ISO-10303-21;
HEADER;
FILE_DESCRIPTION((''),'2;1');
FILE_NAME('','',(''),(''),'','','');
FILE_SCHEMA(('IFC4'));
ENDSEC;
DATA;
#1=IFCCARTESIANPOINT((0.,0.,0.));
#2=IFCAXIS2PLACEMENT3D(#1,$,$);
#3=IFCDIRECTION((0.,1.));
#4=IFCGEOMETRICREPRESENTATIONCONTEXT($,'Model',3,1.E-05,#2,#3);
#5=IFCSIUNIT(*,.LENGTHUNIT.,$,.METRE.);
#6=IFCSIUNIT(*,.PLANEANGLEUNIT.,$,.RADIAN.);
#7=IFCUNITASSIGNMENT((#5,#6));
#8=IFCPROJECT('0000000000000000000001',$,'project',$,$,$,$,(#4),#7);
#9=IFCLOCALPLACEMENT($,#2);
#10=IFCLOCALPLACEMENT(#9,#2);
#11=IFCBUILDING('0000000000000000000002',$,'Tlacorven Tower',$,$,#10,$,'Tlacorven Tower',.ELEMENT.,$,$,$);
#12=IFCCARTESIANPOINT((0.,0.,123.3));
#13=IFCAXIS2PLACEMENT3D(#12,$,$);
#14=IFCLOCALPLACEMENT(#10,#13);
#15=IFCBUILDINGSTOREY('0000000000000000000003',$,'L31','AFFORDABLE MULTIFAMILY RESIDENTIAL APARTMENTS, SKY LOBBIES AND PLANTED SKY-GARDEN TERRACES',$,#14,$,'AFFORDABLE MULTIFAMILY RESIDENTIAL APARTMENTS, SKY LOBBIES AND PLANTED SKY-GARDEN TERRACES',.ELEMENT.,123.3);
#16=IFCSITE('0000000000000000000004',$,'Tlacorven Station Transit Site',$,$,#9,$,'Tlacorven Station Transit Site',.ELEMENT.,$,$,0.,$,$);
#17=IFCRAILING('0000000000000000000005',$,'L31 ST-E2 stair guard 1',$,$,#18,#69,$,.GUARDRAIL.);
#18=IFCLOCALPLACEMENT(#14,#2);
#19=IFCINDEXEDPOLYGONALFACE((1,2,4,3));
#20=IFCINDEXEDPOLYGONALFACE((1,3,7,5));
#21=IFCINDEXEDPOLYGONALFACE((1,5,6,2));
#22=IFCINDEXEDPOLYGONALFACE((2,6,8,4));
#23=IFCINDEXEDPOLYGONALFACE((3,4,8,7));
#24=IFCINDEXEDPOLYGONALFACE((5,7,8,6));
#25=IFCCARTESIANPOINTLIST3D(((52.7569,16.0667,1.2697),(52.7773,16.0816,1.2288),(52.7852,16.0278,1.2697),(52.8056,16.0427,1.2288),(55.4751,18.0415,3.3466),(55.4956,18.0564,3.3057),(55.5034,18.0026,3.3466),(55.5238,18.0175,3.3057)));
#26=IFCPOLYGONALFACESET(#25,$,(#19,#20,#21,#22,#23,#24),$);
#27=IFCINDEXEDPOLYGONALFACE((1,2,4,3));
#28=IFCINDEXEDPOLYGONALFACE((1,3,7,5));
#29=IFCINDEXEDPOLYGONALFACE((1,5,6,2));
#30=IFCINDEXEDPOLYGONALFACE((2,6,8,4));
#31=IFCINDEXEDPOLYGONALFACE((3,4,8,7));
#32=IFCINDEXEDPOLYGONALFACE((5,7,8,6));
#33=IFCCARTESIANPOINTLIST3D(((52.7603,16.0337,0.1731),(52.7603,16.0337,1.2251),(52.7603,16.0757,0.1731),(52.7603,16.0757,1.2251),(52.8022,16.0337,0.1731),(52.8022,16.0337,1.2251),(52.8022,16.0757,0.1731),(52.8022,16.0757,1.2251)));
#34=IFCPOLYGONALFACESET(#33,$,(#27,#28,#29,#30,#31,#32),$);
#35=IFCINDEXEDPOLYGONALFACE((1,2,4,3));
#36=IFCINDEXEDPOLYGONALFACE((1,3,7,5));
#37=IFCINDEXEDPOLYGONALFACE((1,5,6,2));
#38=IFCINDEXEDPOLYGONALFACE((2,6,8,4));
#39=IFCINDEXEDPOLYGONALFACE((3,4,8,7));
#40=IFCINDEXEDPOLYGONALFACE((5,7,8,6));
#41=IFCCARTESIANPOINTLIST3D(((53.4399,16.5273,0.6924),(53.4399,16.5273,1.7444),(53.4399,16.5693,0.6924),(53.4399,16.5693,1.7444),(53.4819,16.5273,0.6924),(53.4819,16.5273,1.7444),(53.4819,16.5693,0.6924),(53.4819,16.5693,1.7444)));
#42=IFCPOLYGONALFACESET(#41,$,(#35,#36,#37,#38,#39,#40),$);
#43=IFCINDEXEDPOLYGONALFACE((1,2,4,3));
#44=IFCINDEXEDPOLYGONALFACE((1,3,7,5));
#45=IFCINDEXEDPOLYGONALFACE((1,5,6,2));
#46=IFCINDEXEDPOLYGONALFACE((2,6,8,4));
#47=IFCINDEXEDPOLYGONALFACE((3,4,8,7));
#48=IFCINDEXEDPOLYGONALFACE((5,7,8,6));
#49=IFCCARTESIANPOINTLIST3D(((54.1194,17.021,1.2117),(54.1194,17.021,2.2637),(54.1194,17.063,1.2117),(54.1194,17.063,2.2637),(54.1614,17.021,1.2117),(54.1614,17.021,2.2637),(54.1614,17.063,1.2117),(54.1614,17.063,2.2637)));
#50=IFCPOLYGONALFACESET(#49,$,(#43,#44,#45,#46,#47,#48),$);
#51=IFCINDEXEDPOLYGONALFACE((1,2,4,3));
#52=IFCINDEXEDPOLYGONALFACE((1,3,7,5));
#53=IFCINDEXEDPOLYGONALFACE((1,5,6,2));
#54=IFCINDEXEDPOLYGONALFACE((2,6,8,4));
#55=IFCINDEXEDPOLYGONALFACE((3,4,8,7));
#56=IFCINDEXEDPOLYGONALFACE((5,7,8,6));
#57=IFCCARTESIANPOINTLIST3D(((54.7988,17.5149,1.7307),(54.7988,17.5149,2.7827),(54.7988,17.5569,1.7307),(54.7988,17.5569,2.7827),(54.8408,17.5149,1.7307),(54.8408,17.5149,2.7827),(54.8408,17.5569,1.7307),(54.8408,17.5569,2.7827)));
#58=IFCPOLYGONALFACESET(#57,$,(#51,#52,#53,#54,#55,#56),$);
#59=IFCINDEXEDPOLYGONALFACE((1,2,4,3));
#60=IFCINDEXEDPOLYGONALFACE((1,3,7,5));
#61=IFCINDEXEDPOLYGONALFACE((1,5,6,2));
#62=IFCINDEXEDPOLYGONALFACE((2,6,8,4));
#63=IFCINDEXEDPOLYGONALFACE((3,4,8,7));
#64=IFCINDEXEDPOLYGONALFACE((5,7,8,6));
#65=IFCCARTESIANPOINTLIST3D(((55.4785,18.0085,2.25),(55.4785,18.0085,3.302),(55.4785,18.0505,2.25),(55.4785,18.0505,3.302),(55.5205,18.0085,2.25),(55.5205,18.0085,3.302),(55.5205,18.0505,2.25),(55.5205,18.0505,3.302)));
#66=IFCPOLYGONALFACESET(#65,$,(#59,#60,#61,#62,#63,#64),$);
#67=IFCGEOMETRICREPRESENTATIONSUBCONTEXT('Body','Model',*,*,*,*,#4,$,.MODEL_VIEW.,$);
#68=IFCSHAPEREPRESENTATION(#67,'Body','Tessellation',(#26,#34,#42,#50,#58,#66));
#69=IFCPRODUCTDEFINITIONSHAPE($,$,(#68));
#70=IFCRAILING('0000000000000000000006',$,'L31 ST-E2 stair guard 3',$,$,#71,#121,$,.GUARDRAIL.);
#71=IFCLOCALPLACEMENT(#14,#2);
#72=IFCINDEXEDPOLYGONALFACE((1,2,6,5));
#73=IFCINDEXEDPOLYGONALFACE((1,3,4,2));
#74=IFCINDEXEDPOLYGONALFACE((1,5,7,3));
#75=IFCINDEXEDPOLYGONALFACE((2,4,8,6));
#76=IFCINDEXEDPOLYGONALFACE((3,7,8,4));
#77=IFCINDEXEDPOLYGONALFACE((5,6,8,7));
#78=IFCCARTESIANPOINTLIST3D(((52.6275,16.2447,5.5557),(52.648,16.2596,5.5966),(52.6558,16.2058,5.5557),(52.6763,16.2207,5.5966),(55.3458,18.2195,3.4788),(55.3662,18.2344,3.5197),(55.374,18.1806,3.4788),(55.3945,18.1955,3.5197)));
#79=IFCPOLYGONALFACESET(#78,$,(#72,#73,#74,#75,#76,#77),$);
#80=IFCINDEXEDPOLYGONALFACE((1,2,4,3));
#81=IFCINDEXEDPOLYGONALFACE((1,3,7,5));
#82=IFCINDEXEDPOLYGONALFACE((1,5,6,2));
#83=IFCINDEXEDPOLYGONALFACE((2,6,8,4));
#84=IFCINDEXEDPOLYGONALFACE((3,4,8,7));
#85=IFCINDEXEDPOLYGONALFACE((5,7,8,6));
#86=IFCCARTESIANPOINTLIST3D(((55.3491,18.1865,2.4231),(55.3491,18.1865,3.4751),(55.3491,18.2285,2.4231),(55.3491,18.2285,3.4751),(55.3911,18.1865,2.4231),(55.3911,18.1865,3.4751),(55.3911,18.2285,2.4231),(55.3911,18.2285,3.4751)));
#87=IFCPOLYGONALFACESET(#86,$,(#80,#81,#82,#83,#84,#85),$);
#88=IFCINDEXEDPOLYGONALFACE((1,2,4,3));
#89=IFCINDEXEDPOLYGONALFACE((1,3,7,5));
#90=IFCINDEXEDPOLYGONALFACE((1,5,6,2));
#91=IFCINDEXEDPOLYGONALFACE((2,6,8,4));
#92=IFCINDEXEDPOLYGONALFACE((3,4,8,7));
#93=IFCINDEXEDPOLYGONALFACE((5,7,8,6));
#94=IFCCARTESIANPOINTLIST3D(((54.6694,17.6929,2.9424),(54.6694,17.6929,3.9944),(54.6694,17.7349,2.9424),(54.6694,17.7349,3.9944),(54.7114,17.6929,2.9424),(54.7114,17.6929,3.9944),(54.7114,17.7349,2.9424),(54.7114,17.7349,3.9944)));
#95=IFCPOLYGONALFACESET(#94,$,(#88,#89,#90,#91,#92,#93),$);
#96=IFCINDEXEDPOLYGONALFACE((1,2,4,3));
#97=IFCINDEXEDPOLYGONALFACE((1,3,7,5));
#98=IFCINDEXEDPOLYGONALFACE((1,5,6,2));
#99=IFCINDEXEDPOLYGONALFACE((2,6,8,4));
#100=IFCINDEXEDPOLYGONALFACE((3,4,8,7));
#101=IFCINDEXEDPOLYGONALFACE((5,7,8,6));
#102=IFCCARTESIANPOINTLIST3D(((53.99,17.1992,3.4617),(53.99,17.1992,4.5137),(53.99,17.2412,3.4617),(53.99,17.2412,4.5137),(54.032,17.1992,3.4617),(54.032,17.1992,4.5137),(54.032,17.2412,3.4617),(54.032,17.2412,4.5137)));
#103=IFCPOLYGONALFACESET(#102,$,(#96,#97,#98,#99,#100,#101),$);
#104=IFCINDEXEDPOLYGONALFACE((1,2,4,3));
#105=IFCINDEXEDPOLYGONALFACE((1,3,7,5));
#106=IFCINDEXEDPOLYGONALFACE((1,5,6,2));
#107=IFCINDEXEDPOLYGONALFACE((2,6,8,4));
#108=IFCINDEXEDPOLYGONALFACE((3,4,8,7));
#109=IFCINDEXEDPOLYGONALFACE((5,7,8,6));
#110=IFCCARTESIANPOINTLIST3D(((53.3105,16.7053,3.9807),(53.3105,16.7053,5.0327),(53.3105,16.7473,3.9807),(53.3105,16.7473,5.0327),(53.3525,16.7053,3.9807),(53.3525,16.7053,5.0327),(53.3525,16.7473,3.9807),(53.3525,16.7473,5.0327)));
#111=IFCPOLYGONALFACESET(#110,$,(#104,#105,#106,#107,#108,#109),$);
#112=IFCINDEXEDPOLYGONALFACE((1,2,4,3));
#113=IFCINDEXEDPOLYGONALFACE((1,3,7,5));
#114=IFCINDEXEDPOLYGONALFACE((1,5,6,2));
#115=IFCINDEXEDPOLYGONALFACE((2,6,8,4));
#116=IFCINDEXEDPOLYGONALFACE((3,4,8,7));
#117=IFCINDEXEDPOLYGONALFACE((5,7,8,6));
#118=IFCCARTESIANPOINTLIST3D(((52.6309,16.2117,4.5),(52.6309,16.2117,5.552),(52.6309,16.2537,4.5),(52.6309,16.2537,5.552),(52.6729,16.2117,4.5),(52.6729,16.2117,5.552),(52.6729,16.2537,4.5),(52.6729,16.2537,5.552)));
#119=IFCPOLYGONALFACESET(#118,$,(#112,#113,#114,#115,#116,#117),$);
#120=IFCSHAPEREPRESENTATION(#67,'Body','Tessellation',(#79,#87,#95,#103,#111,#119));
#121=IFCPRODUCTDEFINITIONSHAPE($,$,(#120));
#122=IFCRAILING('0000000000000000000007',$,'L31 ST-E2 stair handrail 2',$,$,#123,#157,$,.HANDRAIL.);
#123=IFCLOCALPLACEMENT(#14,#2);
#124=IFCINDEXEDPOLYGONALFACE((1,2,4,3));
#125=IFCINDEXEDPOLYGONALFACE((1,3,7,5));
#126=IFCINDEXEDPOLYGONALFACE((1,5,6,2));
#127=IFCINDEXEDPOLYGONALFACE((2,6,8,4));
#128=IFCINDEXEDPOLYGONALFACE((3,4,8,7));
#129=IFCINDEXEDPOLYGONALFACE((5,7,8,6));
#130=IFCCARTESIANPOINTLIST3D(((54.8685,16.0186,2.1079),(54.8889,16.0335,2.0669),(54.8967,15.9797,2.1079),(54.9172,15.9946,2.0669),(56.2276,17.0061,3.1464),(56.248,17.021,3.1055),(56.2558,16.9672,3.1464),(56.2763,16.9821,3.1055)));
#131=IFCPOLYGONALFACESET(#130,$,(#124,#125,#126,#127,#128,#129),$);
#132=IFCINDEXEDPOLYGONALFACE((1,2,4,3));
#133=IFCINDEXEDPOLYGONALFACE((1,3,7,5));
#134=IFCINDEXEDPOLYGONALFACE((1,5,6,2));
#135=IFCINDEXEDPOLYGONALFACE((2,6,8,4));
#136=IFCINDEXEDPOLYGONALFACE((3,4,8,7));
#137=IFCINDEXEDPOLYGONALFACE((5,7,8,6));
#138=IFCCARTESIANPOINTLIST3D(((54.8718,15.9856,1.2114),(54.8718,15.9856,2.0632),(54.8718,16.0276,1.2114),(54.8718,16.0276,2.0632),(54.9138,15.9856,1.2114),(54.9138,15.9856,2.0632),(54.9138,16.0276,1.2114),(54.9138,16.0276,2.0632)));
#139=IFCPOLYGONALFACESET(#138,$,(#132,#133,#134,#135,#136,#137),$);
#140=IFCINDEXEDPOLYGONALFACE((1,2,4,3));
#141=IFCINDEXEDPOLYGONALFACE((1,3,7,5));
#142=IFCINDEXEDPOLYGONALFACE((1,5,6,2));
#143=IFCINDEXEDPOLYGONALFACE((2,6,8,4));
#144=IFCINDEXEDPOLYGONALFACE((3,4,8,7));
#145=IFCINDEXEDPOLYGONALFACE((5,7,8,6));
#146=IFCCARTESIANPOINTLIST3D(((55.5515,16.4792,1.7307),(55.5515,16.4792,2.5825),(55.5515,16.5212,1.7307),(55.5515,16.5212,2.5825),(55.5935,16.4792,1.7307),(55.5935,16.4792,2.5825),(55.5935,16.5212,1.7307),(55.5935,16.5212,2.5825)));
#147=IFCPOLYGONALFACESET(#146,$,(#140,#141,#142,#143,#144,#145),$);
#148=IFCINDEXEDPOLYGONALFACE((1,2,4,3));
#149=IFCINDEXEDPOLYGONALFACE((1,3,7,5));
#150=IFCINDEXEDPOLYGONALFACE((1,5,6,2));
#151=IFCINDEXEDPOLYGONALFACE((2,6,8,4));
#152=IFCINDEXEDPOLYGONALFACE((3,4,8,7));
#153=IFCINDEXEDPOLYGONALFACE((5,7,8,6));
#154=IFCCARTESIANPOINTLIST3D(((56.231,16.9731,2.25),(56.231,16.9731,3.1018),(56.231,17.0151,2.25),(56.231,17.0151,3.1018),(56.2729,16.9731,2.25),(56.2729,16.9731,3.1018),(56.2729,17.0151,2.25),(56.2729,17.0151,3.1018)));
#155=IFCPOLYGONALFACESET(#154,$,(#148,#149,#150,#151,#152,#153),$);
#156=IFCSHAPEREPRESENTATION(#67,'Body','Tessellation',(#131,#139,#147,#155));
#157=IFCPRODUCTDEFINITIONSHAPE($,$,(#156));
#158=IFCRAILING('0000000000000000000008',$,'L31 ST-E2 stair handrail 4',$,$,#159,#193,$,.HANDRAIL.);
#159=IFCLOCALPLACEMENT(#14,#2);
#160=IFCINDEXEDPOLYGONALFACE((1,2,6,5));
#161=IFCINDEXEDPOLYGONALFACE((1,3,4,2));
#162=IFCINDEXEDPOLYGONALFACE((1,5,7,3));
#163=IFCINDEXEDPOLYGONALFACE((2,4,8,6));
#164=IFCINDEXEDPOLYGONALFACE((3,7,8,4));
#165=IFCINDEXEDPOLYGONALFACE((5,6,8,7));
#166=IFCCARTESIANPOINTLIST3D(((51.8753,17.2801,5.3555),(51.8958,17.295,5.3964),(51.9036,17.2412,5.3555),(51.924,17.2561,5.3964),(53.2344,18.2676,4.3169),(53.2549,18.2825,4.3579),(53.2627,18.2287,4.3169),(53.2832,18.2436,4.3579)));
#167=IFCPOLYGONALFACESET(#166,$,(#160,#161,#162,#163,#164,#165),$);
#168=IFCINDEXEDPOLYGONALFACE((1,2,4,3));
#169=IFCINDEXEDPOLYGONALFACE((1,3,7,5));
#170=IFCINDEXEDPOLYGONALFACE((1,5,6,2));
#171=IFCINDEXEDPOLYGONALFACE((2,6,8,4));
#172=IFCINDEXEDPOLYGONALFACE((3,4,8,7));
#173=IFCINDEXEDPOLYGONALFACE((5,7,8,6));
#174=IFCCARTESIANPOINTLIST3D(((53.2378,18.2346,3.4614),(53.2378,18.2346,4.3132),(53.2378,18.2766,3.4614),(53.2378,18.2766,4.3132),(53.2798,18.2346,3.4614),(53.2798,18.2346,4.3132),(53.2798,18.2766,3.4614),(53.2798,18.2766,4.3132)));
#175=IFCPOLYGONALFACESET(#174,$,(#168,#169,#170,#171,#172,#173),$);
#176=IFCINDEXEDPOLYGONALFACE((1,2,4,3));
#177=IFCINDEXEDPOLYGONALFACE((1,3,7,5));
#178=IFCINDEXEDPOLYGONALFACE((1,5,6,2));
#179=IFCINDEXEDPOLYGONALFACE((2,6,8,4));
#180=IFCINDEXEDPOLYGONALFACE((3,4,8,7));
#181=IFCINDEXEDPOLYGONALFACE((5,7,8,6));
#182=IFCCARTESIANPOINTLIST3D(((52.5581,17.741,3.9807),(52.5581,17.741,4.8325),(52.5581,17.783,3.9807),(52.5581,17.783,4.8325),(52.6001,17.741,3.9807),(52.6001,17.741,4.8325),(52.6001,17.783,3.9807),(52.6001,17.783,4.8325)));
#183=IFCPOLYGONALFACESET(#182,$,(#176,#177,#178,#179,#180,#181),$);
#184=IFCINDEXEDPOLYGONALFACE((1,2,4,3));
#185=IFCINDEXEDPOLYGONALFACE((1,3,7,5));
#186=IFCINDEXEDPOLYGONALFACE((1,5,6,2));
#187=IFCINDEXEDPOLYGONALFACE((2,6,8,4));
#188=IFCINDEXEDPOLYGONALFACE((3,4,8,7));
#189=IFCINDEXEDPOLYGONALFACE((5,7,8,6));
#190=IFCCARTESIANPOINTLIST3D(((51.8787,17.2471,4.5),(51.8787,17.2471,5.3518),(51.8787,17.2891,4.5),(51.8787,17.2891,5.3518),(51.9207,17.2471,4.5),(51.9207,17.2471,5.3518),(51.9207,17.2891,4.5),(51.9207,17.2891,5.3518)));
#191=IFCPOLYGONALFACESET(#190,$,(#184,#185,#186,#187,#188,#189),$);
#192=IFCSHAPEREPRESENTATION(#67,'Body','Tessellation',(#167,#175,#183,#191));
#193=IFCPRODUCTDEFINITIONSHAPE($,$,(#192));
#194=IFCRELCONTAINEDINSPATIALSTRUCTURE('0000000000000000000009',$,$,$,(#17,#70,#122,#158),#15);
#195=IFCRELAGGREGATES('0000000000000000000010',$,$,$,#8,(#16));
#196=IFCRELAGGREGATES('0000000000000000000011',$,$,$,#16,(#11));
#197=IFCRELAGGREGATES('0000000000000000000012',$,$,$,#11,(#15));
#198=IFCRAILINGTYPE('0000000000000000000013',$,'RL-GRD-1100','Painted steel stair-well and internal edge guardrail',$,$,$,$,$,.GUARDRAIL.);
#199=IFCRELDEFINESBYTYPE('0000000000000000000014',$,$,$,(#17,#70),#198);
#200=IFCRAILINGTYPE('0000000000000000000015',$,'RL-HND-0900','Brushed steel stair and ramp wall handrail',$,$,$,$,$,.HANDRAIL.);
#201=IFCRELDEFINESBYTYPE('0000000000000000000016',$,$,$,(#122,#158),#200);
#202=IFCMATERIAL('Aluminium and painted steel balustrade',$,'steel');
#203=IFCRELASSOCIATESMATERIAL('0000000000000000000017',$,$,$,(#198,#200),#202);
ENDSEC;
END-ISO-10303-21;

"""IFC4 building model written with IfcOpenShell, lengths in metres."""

from ifc_helpers import new_model, si_unit, direction, frame, origin, origin_2d, place, context, subcontext, project, spatial, rectangle, extrude, source, transform, mapped, material, type_object, element, save


model = new_model("IFC4")

# Units and contexts
model_context = context("Model", 3, precision=1e-05, world=origin(), true_north=direction((0.0, 1.0)))
body_context = subcontext(model_context, "Body", "Model", "MODEL_VIEW")
ifc_project = project(units=[si_unit("LENGTHUNIT", "METRE"), si_unit("PLANEANGLEUNIT", "RADIAN")], contexts=[model_context])

# Site, building, storey
site_placement = place(None, origin())
site = spatial("IfcSite", under=ifc_project, at=site_placement, Name="Tlacorven Station Transit Site", LongName="Tlacorven Station Transit Site", CompositionType="ELEMENT", RefElevation=0.0)
building_placement = place(site_placement, origin())
building = spatial("IfcBuilding", under=site, at=building_placement, Name="Tlacorven Tower", LongName="Tlacorven Tower", CompositionType="ELEMENT")
storey_placement = place(building_placement, frame((0.0, 0.0, 123.3)))
storey = spatial("IfcBuildingStorey", under=building, at=storey_placement, Name="L31", Description="AFFORDABLE MULTIFAMILY RESIDENTIAL APARTMENTS, SKY LOBBIES AND PLANTED SKY-GARDEN TERRACES", LongName="AFFORDABLE MULTIFAMILY RESIDENTIAL APARTMENTS, SKY LOBBIES AND PLANTED SKY-GARDEN TERRACES", CompositionType="ELEMENT", Elevation=123.3)

# Railings
ifc_material_1 = material(Name="Aluminium and painted steel balustrade", Category="steel")
railing_type_1 = type_object("IfcRailingType", Name="RL-GRD-1100", Description="Painted steel stair-well and internal edge guardrail", PredefinedType="GUARDRAIL", material=ifc_material_1)
shared_shape_1 = source(origin(), body_context, "Body", "SweptSolid", [
    extrude(rectangle(XDim=0.0481, YDim=0.0481, at=origin_2d()), frame((0.0, 0.0, 1.0762), z_axis=(0.688167, 0.499963, 0.525798), x_axis=(-0.58777, 0.809028, 0.0)), (0.0, 0.0, 1.0), 3.95),
    extrude(rectangle(XDim=0.042, YDim=0.042, at=origin_2d()), origin(), (0.0, 0.0, 1.0), 1.052),
    extrude(rectangle(XDim=0.042, YDim=0.042, at=origin_2d()), frame((0.6797, 0.4937, 0.5193)), (0.0, 0.0, 1.0), 1.052),
    extrude(rectangle(XDim=0.042, YDim=0.042, at=origin_2d()), frame((1.3591, 0.9873, 1.0386)), (0.0, 0.0, 1.0), 1.052),
    extrude(rectangle(XDim=0.042, YDim=0.042, at=origin_2d()), frame((2.0386, 1.4812, 1.5576)), (0.0, 0.0, 1.0), 1.052),
    extrude(rectangle(XDim=0.042, YDim=0.042, at=origin_2d()), frame((2.7183, 1.9749, 2.0769)), (0.0, 0.0, 1.0), 1.052),
])
railing_1_placement = place(storey_placement, frame((52.7812, 16.0547, 0.1731)))
element("IfcRailing", 1, at=railing_1_placement, inside=storey, type_object=railing_type_1, Name="L31 ST-E2 stair guard 1", PredefinedType="GUARDRAIL", context=body_context, shape_type="MappedRepresentation", body=[
    mapped(shared_shape_1, transform((0.0, 0.0, 0.0), scale=1.0)),
])
shared_shape_2 = source(origin(), body_context, "Body", "SweptSolid", [
    extrude(rectangle(XDim=0.0481, YDim=0.0481, at=origin_2d()), frame((0.0, 0.0, 1.0762), z_axis=(-0.688167, -0.499963, 0.525798), x_axis=(0.58777, -0.809028, 0.0)), (0.0, 0.0, 1.0), 3.95),
    extrude(rectangle(XDim=0.042, YDim=0.042, at=origin_2d()), origin(), (0.0, 0.0, 1.0), 1.052),
    extrude(rectangle(XDim=0.042, YDim=0.042, at=origin_2d()), frame((-0.6797, -0.4937, 0.5193)), (0.0, 0.0, 1.0), 1.052),
    extrude(rectangle(XDim=0.042, YDim=0.042, at=origin_2d()), frame((-1.3591, -0.9873, 1.0386)), (0.0, 0.0, 1.0), 1.052),
    extrude(rectangle(XDim=0.042, YDim=0.042, at=origin_2d()), frame((-2.0386, -1.4812, 1.5576)), (0.0, 0.0, 1.0), 1.052),
    extrude(rectangle(XDim=0.042, YDim=0.042, at=origin_2d()), frame((-2.7183, -1.9749, 2.0769)), (0.0, 0.0, 1.0), 1.052),
])
railing_2_placement = place(storey_placement, frame((55.3701, 18.2075, 2.4231)))
element("IfcRailing", 2, at=railing_2_placement, inside=storey, type_object=railing_type_1, Name="L31 ST-E2 stair guard 3", PredefinedType="GUARDRAIL", context=body_context, shape_type="MappedRepresentation", body=[
    mapped(shared_shape_2, transform((0.0, 0.0, 0.0), scale=1.0)),
])
railing_type_2 = type_object("IfcRailingType", Name="RL-HND-0900", Description="Brushed steel stair and ramp wall handrail", PredefinedType="HANDRAIL", material=ifc_material_1)
shared_shape_3 = source(origin(), body_context, "Body", "SweptSolid", [
    extrude(rectangle(XDim=0.0481, YDim=0.0481, at=origin_2d()), frame((0.0, 0.0, 0.876), z_axis=(0.688123, 0.499993, 0.525827), x_axis=(-0.587817, 0.808994, 0.0)), (0.0, 0.0, 1.0), 1.9751),
    extrude(rectangle(XDim=0.042, YDim=0.042, at=origin_2d()), origin(), (0.0, 0.0, 1.0), 0.8518),
    extrude(rectangle(XDim=0.042, YDim=0.042, at=origin_2d()), frame((0.6797, 0.4937, 0.5193)), (0.0, 0.0, 1.0), 0.8518),
    extrude(rectangle(XDim=0.042, YDim=0.042, at=origin_2d()), frame((1.3591, 0.9875, 1.0386)), (0.0, 0.0, 1.0), 0.8518),
])
railing_3_placement = place(storey_placement, frame((54.8928, 16.0066, 1.2114)))
element("IfcRailing", 3, at=railing_3_placement, inside=storey, type_object=railing_type_2, Name="L31 ST-E2 stair handrail 2", PredefinedType="HANDRAIL", context=body_context, shape_type="MappedRepresentation", body=[
    mapped(shared_shape_3, transform((0.0, 0.0, 0.0), scale=1.0)),
])
shared_shape_4 = source(origin(), body_context, "Body", "SweptSolid", [
    extrude(rectangle(XDim=0.0481, YDim=0.0481, at=origin_2d()), frame((0.0, 0.0, 0.876), z_axis=(-0.688123, -0.499993, 0.525827), x_axis=(0.587817, -0.808994, 0.0)), (0.0, 0.0, 1.0), 1.9751),
    extrude(rectangle(XDim=0.042, YDim=0.042, at=origin_2d()), origin(), (0.0, 0.0, 1.0), 0.8518),
    extrude(rectangle(XDim=0.042, YDim=0.042, at=origin_2d()), frame((-0.6797, -0.4937, 0.5193)), (0.0, 0.0, 1.0), 0.8518),
    extrude(rectangle(XDim=0.042, YDim=0.042, at=origin_2d()), frame((-1.3591, -0.9875, 1.0386)), (0.0, 0.0, 1.0), 0.8518),
])
railing_4_placement = place(storey_placement, frame((53.2588, 18.2556, 3.4614)))
element("IfcRailing", 4, at=railing_4_placement, inside=storey, type_object=railing_type_2, Name="L31 ST-E2 stair handrail 4", PredefinedType="HANDRAIL", context=body_context, shape_type="MappedRepresentation", body=[
    mapped(shared_shape_4, transform((0.0, 0.0, 0.0), scale=1.0)),
])

save(model, "model.ifc")
